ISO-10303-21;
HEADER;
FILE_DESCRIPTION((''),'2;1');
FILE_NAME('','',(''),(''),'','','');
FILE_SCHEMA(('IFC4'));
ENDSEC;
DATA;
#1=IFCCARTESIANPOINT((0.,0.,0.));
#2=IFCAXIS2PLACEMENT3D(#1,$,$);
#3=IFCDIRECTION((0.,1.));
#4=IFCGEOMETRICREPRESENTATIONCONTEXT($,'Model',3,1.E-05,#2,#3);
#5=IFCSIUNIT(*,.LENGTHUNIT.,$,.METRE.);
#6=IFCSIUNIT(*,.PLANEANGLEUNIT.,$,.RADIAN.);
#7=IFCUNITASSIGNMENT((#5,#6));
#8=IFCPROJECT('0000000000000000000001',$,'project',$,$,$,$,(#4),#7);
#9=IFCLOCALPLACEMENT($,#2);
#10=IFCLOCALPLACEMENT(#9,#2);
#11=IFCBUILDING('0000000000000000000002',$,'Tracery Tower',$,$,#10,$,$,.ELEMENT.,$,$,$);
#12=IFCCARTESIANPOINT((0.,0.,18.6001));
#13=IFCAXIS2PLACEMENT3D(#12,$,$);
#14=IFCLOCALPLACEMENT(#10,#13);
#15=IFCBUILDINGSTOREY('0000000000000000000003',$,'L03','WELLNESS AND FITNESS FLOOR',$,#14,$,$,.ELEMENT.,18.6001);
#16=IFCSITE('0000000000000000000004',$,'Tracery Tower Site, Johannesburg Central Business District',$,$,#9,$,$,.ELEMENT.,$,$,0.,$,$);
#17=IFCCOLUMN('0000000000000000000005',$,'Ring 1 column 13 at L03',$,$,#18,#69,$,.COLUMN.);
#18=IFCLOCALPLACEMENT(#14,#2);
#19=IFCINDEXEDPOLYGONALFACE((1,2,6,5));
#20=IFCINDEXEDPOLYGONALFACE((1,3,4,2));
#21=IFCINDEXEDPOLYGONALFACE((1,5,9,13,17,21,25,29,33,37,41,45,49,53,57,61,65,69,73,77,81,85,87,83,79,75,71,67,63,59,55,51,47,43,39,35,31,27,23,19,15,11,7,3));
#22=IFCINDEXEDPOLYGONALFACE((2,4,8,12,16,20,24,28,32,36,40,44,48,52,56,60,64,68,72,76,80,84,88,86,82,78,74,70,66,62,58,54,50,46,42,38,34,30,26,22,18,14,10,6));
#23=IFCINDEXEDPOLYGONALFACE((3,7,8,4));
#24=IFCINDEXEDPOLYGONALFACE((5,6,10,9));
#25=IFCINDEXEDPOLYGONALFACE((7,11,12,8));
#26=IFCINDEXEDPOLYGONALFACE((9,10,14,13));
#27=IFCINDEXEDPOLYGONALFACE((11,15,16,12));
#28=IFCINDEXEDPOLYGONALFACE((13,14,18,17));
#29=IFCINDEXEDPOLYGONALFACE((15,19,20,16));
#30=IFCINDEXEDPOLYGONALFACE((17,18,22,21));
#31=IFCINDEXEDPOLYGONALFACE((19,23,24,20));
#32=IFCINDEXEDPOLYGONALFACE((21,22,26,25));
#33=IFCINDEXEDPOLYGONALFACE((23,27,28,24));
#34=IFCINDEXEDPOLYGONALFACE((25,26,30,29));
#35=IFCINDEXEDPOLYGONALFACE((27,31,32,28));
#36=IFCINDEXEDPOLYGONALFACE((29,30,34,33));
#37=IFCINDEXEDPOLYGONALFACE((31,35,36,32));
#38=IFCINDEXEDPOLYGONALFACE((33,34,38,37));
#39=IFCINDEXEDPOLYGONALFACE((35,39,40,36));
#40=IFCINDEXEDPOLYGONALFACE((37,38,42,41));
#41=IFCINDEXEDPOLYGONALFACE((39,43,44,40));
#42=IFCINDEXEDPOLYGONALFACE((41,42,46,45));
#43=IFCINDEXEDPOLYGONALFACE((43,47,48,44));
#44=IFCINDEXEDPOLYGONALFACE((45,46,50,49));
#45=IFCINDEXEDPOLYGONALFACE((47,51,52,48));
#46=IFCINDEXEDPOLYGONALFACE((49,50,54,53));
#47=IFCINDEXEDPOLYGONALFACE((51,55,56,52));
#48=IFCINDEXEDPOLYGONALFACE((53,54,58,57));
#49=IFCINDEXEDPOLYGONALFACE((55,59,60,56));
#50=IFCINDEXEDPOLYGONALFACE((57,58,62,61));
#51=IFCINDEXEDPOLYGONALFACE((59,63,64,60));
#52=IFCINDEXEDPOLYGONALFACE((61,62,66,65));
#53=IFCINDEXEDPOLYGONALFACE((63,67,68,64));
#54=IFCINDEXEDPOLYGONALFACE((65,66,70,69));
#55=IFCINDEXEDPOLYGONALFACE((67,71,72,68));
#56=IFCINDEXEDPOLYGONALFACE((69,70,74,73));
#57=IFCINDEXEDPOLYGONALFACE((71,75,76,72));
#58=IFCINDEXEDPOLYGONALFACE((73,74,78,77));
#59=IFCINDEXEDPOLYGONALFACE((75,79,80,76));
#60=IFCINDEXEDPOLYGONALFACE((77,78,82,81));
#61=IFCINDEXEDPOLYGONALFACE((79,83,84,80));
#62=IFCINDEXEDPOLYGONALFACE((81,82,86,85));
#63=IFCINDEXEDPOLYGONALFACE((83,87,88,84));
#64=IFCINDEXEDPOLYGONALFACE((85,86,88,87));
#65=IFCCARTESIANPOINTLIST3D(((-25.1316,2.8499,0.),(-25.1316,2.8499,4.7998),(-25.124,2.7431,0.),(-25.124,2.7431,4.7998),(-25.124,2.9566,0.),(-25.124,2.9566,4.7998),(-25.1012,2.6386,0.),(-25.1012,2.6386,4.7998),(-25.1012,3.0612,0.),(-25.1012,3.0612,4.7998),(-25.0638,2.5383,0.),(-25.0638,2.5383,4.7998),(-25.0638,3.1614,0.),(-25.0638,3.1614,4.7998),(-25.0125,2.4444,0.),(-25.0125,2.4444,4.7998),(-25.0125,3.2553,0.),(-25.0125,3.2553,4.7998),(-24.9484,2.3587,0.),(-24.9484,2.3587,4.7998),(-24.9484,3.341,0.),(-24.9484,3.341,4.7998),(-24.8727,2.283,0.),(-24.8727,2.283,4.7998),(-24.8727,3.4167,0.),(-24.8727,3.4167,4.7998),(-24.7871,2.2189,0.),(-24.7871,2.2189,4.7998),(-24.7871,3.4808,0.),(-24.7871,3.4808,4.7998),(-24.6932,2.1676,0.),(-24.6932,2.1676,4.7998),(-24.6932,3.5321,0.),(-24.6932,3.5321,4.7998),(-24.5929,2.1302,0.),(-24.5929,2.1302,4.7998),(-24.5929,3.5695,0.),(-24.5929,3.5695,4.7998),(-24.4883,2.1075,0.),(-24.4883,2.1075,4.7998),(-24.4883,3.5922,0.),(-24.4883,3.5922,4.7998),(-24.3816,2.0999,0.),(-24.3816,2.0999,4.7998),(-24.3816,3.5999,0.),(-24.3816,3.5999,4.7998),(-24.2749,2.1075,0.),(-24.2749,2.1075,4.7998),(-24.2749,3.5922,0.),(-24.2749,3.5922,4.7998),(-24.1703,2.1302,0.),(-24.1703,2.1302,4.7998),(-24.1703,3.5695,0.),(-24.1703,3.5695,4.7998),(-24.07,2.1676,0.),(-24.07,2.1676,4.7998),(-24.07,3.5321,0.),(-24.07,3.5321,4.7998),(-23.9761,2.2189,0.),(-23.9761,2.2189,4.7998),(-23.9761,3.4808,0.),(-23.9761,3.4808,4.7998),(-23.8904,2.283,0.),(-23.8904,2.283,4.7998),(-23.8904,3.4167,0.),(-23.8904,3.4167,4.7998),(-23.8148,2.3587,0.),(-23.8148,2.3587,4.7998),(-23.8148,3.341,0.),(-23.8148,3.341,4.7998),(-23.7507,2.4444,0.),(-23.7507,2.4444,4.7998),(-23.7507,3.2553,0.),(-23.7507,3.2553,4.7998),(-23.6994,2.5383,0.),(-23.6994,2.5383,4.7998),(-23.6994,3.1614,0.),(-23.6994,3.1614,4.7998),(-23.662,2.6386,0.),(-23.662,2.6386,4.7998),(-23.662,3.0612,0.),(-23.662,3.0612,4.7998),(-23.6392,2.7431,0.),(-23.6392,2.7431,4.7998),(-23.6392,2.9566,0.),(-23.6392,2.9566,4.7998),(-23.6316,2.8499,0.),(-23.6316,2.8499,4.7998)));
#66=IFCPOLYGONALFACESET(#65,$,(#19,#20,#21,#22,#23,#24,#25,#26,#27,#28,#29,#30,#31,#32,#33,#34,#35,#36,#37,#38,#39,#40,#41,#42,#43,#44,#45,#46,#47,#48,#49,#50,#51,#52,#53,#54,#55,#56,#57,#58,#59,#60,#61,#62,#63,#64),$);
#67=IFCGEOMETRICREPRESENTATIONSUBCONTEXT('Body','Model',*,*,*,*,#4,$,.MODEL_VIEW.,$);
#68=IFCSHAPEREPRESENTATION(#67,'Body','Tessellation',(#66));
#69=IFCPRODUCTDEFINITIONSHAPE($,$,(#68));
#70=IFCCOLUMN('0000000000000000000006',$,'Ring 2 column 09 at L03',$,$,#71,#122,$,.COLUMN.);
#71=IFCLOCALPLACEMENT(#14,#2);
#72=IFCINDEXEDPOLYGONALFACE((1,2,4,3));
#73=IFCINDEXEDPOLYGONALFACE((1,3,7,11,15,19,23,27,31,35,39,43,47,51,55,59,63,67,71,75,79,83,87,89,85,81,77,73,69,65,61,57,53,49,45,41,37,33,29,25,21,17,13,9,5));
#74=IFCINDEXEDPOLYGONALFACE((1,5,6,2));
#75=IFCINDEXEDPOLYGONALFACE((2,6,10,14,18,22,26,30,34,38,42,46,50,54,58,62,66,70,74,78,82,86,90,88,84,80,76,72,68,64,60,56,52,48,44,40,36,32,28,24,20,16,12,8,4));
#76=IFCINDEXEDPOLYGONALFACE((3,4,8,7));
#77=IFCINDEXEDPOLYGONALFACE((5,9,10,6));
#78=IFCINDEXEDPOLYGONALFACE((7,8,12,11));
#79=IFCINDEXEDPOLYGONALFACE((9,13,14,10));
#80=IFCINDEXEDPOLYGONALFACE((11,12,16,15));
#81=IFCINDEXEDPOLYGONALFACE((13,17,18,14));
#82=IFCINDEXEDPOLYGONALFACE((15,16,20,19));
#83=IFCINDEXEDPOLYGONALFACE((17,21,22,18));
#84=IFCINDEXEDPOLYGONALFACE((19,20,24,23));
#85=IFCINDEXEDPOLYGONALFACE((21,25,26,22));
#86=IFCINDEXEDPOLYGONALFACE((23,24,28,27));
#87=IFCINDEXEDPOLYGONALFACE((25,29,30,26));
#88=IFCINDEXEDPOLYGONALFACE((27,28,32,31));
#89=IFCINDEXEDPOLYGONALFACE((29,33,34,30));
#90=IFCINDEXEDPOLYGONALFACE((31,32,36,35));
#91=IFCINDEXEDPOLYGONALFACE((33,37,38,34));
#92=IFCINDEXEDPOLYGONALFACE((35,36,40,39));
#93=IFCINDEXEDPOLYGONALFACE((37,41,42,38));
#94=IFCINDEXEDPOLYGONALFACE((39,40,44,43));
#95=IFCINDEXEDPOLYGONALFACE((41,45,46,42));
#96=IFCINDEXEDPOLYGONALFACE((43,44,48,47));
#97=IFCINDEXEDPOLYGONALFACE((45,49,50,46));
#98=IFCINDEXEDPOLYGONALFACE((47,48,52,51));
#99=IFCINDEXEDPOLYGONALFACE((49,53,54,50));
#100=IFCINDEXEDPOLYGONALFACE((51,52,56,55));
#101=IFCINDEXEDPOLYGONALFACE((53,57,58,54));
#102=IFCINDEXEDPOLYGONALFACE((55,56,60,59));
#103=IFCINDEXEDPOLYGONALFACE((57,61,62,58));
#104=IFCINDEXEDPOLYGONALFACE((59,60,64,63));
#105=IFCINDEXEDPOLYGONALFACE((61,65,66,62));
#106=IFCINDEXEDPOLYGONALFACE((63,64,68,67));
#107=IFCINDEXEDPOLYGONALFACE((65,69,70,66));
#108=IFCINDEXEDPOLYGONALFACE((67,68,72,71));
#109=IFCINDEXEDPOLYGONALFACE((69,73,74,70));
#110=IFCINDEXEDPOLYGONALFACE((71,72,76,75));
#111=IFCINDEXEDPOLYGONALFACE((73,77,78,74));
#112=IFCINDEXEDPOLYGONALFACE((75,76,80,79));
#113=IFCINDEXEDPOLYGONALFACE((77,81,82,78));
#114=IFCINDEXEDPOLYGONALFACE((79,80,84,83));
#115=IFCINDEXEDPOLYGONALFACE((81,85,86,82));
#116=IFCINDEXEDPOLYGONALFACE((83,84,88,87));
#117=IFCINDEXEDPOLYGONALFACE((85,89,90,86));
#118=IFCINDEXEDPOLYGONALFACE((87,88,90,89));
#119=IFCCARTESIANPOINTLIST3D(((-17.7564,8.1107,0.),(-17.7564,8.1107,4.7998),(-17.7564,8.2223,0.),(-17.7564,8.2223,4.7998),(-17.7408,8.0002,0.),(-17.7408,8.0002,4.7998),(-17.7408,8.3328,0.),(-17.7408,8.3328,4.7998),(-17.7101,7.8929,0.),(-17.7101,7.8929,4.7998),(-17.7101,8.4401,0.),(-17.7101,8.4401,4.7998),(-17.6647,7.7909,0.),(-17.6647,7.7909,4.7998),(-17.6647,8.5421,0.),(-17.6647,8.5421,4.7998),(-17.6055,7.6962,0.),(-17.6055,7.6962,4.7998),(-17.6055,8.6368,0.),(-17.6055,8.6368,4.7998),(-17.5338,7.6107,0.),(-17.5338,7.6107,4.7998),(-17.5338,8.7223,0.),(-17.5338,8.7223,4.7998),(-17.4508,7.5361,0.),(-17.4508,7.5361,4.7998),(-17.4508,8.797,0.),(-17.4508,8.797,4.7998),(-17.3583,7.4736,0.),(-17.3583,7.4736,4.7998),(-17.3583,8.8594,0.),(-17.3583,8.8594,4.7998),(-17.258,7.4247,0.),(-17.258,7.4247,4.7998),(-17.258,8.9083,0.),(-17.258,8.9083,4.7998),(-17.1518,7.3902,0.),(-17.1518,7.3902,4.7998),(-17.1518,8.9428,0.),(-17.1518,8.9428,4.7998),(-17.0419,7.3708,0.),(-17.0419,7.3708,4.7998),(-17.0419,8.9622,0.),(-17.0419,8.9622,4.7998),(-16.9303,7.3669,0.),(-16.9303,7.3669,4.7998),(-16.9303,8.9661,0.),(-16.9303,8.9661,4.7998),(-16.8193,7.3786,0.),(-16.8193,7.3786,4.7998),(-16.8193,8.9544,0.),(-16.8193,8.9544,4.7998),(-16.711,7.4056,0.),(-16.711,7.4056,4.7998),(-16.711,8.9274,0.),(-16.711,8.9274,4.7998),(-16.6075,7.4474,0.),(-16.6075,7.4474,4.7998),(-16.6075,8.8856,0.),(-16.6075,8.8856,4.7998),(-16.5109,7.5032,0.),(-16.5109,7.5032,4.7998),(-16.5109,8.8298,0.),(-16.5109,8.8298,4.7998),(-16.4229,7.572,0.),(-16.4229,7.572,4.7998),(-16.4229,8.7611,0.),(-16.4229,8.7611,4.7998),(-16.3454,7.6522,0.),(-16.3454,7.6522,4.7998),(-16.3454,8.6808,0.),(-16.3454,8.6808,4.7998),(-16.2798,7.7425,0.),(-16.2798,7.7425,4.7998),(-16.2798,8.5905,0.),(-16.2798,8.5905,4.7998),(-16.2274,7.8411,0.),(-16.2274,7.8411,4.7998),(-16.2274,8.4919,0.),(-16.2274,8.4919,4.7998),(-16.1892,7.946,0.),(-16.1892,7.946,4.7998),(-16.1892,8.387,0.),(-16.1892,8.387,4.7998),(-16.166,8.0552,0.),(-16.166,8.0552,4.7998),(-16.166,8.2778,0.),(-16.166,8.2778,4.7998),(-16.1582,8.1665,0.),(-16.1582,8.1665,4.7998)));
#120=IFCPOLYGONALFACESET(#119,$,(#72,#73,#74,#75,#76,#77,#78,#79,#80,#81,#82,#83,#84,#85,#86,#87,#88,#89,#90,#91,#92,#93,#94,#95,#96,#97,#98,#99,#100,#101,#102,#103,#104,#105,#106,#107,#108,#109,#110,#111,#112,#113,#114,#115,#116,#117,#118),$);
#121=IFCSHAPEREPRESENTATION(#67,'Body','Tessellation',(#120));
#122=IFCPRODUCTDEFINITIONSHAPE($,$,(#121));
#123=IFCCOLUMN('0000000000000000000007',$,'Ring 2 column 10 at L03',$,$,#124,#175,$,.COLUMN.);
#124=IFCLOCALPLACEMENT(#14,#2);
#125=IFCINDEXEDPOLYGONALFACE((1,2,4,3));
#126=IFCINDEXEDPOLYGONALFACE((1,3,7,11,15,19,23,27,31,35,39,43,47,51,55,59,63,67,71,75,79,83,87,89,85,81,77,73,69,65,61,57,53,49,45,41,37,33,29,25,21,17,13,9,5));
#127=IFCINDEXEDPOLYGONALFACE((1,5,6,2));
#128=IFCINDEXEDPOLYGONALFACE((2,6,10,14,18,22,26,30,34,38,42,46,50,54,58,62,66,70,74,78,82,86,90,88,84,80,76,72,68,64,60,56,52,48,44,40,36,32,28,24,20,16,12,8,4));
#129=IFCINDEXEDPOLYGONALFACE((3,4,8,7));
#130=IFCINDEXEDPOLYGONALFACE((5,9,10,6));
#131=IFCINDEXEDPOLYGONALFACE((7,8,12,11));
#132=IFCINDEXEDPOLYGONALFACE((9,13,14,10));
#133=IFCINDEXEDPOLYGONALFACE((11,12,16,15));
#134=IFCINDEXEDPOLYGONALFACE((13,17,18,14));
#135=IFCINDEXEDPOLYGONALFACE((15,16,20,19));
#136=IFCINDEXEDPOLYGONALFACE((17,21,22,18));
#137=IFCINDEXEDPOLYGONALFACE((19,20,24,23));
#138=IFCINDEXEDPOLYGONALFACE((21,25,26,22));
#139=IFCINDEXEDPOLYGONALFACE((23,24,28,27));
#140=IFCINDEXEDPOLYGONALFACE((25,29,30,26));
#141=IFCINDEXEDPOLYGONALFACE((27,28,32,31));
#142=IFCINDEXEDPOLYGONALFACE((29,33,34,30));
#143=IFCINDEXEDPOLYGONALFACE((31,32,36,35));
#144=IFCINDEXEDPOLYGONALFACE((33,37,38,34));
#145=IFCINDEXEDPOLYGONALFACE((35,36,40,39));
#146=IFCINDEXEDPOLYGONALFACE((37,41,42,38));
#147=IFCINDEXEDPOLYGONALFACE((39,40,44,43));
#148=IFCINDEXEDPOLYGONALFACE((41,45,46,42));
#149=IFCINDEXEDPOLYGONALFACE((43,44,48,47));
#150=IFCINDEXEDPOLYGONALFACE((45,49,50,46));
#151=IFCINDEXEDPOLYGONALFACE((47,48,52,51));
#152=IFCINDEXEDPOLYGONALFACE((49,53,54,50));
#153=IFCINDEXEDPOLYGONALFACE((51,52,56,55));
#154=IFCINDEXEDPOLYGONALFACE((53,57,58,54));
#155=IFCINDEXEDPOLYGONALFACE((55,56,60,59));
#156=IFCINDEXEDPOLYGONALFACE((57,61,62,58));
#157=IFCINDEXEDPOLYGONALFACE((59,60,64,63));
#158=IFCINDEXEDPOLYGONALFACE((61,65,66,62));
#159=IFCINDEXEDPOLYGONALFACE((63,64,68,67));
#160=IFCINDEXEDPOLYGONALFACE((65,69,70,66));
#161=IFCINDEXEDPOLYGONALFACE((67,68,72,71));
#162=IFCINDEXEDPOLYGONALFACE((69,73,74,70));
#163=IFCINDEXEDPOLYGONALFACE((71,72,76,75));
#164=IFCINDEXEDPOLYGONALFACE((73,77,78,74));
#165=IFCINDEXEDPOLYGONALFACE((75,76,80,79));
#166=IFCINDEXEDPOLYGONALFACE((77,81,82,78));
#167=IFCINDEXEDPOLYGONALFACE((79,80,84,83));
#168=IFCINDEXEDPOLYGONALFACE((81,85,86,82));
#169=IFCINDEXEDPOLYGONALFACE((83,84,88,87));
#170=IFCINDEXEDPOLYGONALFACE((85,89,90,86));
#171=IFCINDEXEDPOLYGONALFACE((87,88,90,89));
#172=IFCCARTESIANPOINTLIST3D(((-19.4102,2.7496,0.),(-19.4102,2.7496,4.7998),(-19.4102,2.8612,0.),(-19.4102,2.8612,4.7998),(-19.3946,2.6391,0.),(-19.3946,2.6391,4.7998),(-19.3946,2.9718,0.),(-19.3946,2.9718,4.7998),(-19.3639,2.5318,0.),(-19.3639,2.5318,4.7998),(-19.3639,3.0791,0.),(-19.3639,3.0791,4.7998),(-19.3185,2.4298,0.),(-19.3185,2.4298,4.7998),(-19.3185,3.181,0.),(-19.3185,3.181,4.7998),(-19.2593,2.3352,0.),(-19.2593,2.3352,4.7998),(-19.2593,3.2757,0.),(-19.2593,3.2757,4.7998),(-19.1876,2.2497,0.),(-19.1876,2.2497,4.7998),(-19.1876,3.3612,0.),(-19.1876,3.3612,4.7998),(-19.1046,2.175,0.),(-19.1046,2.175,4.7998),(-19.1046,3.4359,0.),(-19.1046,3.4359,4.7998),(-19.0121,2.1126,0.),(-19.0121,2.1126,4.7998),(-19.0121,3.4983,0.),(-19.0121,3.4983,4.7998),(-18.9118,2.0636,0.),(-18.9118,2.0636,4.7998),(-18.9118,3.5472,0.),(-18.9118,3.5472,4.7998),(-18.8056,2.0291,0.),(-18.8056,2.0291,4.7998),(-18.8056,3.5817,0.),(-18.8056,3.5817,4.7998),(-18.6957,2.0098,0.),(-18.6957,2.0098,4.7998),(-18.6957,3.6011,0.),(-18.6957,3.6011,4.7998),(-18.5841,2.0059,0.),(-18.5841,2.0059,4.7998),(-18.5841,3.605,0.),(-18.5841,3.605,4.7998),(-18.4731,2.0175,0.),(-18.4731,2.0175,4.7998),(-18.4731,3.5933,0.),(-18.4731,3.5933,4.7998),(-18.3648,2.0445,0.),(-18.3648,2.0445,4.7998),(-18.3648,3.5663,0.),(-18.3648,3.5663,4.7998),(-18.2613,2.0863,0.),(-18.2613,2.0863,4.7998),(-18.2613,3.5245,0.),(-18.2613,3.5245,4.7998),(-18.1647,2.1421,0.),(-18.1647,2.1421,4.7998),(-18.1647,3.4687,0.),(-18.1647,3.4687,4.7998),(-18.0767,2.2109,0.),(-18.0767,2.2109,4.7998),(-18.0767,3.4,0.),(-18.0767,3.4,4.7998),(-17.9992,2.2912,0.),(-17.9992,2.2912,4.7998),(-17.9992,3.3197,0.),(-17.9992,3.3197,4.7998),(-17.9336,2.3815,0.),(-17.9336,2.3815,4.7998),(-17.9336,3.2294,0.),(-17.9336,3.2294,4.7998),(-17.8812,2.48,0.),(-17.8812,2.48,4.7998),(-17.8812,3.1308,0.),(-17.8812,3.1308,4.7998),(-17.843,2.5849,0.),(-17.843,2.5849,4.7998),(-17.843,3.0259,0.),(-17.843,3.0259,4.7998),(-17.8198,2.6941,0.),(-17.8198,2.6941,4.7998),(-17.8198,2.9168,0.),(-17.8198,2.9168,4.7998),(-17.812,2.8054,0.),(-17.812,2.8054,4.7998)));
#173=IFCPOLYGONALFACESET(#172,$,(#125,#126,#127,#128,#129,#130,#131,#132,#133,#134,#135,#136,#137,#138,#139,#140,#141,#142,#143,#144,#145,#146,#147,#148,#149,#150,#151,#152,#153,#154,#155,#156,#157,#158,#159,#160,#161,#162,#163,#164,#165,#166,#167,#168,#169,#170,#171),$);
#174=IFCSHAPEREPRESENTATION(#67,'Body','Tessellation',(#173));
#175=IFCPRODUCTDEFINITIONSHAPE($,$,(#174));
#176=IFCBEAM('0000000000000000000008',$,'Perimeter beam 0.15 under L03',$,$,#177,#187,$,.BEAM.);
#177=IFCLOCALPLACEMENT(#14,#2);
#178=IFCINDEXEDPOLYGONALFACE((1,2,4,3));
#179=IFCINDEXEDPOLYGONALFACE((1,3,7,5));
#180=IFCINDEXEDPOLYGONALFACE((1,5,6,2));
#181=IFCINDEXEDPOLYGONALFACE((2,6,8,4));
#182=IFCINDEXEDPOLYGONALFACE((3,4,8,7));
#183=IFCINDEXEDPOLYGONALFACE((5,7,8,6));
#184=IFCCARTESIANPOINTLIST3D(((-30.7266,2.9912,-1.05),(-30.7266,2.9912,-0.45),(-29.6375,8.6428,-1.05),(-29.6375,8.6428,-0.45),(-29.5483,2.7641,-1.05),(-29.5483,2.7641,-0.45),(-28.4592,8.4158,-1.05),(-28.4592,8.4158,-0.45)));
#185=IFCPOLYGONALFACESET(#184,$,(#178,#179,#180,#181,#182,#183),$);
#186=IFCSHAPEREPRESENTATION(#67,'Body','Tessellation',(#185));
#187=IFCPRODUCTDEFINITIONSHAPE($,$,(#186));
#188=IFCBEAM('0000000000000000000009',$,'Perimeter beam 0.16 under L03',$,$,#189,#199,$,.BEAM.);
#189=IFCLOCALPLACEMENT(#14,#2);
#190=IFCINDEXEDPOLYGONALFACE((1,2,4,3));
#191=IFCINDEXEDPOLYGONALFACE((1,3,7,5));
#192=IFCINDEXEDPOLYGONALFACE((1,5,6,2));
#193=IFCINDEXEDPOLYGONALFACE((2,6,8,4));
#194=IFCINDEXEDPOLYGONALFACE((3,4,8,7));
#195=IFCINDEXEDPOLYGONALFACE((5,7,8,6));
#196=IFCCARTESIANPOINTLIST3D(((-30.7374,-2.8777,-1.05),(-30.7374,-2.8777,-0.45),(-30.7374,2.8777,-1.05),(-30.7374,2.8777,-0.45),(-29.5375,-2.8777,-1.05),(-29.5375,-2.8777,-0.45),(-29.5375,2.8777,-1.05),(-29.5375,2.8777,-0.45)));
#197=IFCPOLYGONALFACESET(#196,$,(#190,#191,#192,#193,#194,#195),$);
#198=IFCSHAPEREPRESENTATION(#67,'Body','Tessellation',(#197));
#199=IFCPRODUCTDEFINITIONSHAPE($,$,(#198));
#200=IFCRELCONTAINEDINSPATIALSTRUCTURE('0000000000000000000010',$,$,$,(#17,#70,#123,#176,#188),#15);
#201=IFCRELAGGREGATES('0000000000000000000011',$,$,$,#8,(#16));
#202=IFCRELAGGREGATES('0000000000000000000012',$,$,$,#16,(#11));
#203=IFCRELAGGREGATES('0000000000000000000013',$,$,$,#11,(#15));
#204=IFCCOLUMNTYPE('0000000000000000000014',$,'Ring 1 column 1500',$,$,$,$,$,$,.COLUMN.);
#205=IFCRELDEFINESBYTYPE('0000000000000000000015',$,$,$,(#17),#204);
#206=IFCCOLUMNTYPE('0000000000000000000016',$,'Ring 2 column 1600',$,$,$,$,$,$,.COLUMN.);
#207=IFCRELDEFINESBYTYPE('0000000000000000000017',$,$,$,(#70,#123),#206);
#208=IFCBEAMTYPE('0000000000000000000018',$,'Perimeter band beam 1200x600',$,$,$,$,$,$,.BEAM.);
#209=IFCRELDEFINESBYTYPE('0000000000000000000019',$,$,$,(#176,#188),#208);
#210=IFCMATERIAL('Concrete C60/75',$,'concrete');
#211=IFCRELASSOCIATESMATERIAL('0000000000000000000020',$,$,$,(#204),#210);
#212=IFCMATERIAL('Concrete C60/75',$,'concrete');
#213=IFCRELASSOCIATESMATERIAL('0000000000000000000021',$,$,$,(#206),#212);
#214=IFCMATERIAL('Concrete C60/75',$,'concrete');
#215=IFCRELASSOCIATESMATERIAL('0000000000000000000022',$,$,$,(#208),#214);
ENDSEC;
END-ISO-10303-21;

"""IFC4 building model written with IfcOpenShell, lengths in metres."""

from ifc_helpers import new_model, si_unit, direction, frame, origin, origin_2d, place, context, subcontext, project, spatial, rectangle, circle, extrude, material, material_profile, profile_set, type_object, element, save


model = new_model("IFC4")

# Units and contexts
model_context = context("Model", 3, precision=1e-05, world=origin(), true_north=direction((0.0, 1.0)))
body_context = subcontext(model_context, "Body", "Model", "MODEL_VIEW")
ifc_project = project(units=[si_unit("LENGTHUNIT", "METRE"), si_unit("PLANEANGLEUNIT", "RADIAN")], contexts=[model_context])

# Site, building, storey
site_placement = place(None, origin())
site = spatial("IfcSite", under=ifc_project, at=site_placement, Name="Tracery Tower Site, Johannesburg Central Business District", CompositionType="ELEMENT", RefElevation=0.0)
building_placement = place(site_placement, origin())
building = spatial("IfcBuilding", under=site, at=building_placement, Name="Tracery Tower", CompositionType="ELEMENT")
storey_placement = place(building_placement, frame((0.0, 0.0, 18.6001)))
storey = spatial("IfcBuildingStorey", under=building, at=storey_placement, Name="L03", Description="WELLNESS AND FITNESS FLOOR", CompositionType="ELEMENT", Elevation=18.6001)

# Columns
ifc_material_1 = material(Name="Concrete C60/75", Category="concrete")
ifc_material_profile_1 = material_profile(ifc_material_1, circle(Radius=0.75, at=origin_2d()), Name="RC D1500")
ifc_profile_set_1 = profile_set([ifc_material_profile_1], Name="Concrete C60/75")
column_type_1 = type_object("IfcColumnType", Name="Ring 1 column 1500", PredefinedType="COLUMN", material=ifc_profile_set_1)
for number, where, z_axis, x_axis, name in (
    (1, (-24.3816, 2.8499, 0.0), (0.0, 0.0, 1.0), (1.0, 0.0, 0.0), "Ring 1 column 13 at L03"),
):
    element("IfcColumn", number, at=place(storey_placement, frame(where, z_axis=z_axis, x_axis=x_axis)), inside=storey, type_object=column_type_1, Name=name, PredefinedType="COLUMN", context=body_context, shape_type="SweptSolid", body=[
        extrude(circle(Radius=0.75, at=origin_2d()), origin(), (0.0, 0.0, 1.0), 4.7998),
    ])
ifc_material_2 = material(Name="Concrete C60/75", Category="concrete")
ifc_material_profile_2 = material_profile(ifc_material_2, circle(Radius=0.8, at=origin_2d()), Name="RC D1600")
ifc_profile_set_2 = profile_set([ifc_material_profile_2], Name="Concrete C60/75")
column_type_2 = type_object("IfcColumnType", Name="Ring 2 column 1600", PredefinedType="COLUMN", material=ifc_profile_set_2)
for number, where, z_axis, x_axis, name in (
    (2, (-16.9583, 8.1665, 0.0), (0.0, 0.0, 1.0), (1.0, 0.0, 0.0), "Ring 2 column 09 at L03"),
    (3, (-18.6121, 2.8054, 0.0), (0.0, 0.0, 1.0), (1.0, 0.0, 0.0), "Ring 2 column 10 at L03"),
):
    element("IfcColumn", number, at=place(storey_placement, frame(where, z_axis=z_axis, x_axis=x_axis)), inside=storey, type_object=column_type_2, Name=name, PredefinedType="COLUMN", context=body_context, shape_type="SweptSolid", body=[
        extrude(circle(Radius=0.8, at=origin_2d()), origin(), (0.0, 0.0, 1.0), 4.7998),
    ])

# Beams
ifc_material_3 = material(Name="Concrete C60/75", Category="concrete")
ifc_material_profile_3 = material_profile(ifc_material_3, rectangle(XDim=1.2, YDim=0.6001, at=origin_2d()), Name="RC 1200x600")
ifc_profile_set_3 = profile_set([ifc_material_profile_3], Name="Concrete C60/75")
beam_type = type_object("IfcBeamType", Name="Perimeter band beam 1200x600", PredefinedType="BEAM", material=ifc_profile_set_3)
beam_1_placement = place(storey_placement, frame((-29.0483, 8.5293, -0.75), z_axis=(-0.189227, -0.981933, 0.0), x_axis=(0.981933, -0.189227, 0.0)))
element("IfcBeam", 4, at=beam_1_placement, inside=storey, type_object=beam_type, Name="Perimeter beam 0.15 under L03", PredefinedType="BEAM", context=body_context, shape_type="SweptSolid", body=[
    extrude(rectangle(XDim=1.2, YDim=0.6001, at=origin_2d()), origin(), (0.0, 0.0, 1.0), 5.7556),
])
beam_2_placement = place(storey_placement, frame((-30.1375, 2.8777, -0.75), z_axis=(0.0, -1.0, 0.0), x_axis=(1.0, 0.0, 0.0)))
element("IfcBeam", 5, at=beam_2_placement, inside=storey, type_object=beam_type, Name="Perimeter beam 0.16 under L03", PredefinedType="BEAM", context=body_context, shape_type="SweptSolid", body=[
    extrude(rectangle(XDim=1.2, YDim=0.6001, at=origin_2d()), origin(), (0.0, 0.0, 1.0), 5.7554),
])

save(model, "model.ifc")
